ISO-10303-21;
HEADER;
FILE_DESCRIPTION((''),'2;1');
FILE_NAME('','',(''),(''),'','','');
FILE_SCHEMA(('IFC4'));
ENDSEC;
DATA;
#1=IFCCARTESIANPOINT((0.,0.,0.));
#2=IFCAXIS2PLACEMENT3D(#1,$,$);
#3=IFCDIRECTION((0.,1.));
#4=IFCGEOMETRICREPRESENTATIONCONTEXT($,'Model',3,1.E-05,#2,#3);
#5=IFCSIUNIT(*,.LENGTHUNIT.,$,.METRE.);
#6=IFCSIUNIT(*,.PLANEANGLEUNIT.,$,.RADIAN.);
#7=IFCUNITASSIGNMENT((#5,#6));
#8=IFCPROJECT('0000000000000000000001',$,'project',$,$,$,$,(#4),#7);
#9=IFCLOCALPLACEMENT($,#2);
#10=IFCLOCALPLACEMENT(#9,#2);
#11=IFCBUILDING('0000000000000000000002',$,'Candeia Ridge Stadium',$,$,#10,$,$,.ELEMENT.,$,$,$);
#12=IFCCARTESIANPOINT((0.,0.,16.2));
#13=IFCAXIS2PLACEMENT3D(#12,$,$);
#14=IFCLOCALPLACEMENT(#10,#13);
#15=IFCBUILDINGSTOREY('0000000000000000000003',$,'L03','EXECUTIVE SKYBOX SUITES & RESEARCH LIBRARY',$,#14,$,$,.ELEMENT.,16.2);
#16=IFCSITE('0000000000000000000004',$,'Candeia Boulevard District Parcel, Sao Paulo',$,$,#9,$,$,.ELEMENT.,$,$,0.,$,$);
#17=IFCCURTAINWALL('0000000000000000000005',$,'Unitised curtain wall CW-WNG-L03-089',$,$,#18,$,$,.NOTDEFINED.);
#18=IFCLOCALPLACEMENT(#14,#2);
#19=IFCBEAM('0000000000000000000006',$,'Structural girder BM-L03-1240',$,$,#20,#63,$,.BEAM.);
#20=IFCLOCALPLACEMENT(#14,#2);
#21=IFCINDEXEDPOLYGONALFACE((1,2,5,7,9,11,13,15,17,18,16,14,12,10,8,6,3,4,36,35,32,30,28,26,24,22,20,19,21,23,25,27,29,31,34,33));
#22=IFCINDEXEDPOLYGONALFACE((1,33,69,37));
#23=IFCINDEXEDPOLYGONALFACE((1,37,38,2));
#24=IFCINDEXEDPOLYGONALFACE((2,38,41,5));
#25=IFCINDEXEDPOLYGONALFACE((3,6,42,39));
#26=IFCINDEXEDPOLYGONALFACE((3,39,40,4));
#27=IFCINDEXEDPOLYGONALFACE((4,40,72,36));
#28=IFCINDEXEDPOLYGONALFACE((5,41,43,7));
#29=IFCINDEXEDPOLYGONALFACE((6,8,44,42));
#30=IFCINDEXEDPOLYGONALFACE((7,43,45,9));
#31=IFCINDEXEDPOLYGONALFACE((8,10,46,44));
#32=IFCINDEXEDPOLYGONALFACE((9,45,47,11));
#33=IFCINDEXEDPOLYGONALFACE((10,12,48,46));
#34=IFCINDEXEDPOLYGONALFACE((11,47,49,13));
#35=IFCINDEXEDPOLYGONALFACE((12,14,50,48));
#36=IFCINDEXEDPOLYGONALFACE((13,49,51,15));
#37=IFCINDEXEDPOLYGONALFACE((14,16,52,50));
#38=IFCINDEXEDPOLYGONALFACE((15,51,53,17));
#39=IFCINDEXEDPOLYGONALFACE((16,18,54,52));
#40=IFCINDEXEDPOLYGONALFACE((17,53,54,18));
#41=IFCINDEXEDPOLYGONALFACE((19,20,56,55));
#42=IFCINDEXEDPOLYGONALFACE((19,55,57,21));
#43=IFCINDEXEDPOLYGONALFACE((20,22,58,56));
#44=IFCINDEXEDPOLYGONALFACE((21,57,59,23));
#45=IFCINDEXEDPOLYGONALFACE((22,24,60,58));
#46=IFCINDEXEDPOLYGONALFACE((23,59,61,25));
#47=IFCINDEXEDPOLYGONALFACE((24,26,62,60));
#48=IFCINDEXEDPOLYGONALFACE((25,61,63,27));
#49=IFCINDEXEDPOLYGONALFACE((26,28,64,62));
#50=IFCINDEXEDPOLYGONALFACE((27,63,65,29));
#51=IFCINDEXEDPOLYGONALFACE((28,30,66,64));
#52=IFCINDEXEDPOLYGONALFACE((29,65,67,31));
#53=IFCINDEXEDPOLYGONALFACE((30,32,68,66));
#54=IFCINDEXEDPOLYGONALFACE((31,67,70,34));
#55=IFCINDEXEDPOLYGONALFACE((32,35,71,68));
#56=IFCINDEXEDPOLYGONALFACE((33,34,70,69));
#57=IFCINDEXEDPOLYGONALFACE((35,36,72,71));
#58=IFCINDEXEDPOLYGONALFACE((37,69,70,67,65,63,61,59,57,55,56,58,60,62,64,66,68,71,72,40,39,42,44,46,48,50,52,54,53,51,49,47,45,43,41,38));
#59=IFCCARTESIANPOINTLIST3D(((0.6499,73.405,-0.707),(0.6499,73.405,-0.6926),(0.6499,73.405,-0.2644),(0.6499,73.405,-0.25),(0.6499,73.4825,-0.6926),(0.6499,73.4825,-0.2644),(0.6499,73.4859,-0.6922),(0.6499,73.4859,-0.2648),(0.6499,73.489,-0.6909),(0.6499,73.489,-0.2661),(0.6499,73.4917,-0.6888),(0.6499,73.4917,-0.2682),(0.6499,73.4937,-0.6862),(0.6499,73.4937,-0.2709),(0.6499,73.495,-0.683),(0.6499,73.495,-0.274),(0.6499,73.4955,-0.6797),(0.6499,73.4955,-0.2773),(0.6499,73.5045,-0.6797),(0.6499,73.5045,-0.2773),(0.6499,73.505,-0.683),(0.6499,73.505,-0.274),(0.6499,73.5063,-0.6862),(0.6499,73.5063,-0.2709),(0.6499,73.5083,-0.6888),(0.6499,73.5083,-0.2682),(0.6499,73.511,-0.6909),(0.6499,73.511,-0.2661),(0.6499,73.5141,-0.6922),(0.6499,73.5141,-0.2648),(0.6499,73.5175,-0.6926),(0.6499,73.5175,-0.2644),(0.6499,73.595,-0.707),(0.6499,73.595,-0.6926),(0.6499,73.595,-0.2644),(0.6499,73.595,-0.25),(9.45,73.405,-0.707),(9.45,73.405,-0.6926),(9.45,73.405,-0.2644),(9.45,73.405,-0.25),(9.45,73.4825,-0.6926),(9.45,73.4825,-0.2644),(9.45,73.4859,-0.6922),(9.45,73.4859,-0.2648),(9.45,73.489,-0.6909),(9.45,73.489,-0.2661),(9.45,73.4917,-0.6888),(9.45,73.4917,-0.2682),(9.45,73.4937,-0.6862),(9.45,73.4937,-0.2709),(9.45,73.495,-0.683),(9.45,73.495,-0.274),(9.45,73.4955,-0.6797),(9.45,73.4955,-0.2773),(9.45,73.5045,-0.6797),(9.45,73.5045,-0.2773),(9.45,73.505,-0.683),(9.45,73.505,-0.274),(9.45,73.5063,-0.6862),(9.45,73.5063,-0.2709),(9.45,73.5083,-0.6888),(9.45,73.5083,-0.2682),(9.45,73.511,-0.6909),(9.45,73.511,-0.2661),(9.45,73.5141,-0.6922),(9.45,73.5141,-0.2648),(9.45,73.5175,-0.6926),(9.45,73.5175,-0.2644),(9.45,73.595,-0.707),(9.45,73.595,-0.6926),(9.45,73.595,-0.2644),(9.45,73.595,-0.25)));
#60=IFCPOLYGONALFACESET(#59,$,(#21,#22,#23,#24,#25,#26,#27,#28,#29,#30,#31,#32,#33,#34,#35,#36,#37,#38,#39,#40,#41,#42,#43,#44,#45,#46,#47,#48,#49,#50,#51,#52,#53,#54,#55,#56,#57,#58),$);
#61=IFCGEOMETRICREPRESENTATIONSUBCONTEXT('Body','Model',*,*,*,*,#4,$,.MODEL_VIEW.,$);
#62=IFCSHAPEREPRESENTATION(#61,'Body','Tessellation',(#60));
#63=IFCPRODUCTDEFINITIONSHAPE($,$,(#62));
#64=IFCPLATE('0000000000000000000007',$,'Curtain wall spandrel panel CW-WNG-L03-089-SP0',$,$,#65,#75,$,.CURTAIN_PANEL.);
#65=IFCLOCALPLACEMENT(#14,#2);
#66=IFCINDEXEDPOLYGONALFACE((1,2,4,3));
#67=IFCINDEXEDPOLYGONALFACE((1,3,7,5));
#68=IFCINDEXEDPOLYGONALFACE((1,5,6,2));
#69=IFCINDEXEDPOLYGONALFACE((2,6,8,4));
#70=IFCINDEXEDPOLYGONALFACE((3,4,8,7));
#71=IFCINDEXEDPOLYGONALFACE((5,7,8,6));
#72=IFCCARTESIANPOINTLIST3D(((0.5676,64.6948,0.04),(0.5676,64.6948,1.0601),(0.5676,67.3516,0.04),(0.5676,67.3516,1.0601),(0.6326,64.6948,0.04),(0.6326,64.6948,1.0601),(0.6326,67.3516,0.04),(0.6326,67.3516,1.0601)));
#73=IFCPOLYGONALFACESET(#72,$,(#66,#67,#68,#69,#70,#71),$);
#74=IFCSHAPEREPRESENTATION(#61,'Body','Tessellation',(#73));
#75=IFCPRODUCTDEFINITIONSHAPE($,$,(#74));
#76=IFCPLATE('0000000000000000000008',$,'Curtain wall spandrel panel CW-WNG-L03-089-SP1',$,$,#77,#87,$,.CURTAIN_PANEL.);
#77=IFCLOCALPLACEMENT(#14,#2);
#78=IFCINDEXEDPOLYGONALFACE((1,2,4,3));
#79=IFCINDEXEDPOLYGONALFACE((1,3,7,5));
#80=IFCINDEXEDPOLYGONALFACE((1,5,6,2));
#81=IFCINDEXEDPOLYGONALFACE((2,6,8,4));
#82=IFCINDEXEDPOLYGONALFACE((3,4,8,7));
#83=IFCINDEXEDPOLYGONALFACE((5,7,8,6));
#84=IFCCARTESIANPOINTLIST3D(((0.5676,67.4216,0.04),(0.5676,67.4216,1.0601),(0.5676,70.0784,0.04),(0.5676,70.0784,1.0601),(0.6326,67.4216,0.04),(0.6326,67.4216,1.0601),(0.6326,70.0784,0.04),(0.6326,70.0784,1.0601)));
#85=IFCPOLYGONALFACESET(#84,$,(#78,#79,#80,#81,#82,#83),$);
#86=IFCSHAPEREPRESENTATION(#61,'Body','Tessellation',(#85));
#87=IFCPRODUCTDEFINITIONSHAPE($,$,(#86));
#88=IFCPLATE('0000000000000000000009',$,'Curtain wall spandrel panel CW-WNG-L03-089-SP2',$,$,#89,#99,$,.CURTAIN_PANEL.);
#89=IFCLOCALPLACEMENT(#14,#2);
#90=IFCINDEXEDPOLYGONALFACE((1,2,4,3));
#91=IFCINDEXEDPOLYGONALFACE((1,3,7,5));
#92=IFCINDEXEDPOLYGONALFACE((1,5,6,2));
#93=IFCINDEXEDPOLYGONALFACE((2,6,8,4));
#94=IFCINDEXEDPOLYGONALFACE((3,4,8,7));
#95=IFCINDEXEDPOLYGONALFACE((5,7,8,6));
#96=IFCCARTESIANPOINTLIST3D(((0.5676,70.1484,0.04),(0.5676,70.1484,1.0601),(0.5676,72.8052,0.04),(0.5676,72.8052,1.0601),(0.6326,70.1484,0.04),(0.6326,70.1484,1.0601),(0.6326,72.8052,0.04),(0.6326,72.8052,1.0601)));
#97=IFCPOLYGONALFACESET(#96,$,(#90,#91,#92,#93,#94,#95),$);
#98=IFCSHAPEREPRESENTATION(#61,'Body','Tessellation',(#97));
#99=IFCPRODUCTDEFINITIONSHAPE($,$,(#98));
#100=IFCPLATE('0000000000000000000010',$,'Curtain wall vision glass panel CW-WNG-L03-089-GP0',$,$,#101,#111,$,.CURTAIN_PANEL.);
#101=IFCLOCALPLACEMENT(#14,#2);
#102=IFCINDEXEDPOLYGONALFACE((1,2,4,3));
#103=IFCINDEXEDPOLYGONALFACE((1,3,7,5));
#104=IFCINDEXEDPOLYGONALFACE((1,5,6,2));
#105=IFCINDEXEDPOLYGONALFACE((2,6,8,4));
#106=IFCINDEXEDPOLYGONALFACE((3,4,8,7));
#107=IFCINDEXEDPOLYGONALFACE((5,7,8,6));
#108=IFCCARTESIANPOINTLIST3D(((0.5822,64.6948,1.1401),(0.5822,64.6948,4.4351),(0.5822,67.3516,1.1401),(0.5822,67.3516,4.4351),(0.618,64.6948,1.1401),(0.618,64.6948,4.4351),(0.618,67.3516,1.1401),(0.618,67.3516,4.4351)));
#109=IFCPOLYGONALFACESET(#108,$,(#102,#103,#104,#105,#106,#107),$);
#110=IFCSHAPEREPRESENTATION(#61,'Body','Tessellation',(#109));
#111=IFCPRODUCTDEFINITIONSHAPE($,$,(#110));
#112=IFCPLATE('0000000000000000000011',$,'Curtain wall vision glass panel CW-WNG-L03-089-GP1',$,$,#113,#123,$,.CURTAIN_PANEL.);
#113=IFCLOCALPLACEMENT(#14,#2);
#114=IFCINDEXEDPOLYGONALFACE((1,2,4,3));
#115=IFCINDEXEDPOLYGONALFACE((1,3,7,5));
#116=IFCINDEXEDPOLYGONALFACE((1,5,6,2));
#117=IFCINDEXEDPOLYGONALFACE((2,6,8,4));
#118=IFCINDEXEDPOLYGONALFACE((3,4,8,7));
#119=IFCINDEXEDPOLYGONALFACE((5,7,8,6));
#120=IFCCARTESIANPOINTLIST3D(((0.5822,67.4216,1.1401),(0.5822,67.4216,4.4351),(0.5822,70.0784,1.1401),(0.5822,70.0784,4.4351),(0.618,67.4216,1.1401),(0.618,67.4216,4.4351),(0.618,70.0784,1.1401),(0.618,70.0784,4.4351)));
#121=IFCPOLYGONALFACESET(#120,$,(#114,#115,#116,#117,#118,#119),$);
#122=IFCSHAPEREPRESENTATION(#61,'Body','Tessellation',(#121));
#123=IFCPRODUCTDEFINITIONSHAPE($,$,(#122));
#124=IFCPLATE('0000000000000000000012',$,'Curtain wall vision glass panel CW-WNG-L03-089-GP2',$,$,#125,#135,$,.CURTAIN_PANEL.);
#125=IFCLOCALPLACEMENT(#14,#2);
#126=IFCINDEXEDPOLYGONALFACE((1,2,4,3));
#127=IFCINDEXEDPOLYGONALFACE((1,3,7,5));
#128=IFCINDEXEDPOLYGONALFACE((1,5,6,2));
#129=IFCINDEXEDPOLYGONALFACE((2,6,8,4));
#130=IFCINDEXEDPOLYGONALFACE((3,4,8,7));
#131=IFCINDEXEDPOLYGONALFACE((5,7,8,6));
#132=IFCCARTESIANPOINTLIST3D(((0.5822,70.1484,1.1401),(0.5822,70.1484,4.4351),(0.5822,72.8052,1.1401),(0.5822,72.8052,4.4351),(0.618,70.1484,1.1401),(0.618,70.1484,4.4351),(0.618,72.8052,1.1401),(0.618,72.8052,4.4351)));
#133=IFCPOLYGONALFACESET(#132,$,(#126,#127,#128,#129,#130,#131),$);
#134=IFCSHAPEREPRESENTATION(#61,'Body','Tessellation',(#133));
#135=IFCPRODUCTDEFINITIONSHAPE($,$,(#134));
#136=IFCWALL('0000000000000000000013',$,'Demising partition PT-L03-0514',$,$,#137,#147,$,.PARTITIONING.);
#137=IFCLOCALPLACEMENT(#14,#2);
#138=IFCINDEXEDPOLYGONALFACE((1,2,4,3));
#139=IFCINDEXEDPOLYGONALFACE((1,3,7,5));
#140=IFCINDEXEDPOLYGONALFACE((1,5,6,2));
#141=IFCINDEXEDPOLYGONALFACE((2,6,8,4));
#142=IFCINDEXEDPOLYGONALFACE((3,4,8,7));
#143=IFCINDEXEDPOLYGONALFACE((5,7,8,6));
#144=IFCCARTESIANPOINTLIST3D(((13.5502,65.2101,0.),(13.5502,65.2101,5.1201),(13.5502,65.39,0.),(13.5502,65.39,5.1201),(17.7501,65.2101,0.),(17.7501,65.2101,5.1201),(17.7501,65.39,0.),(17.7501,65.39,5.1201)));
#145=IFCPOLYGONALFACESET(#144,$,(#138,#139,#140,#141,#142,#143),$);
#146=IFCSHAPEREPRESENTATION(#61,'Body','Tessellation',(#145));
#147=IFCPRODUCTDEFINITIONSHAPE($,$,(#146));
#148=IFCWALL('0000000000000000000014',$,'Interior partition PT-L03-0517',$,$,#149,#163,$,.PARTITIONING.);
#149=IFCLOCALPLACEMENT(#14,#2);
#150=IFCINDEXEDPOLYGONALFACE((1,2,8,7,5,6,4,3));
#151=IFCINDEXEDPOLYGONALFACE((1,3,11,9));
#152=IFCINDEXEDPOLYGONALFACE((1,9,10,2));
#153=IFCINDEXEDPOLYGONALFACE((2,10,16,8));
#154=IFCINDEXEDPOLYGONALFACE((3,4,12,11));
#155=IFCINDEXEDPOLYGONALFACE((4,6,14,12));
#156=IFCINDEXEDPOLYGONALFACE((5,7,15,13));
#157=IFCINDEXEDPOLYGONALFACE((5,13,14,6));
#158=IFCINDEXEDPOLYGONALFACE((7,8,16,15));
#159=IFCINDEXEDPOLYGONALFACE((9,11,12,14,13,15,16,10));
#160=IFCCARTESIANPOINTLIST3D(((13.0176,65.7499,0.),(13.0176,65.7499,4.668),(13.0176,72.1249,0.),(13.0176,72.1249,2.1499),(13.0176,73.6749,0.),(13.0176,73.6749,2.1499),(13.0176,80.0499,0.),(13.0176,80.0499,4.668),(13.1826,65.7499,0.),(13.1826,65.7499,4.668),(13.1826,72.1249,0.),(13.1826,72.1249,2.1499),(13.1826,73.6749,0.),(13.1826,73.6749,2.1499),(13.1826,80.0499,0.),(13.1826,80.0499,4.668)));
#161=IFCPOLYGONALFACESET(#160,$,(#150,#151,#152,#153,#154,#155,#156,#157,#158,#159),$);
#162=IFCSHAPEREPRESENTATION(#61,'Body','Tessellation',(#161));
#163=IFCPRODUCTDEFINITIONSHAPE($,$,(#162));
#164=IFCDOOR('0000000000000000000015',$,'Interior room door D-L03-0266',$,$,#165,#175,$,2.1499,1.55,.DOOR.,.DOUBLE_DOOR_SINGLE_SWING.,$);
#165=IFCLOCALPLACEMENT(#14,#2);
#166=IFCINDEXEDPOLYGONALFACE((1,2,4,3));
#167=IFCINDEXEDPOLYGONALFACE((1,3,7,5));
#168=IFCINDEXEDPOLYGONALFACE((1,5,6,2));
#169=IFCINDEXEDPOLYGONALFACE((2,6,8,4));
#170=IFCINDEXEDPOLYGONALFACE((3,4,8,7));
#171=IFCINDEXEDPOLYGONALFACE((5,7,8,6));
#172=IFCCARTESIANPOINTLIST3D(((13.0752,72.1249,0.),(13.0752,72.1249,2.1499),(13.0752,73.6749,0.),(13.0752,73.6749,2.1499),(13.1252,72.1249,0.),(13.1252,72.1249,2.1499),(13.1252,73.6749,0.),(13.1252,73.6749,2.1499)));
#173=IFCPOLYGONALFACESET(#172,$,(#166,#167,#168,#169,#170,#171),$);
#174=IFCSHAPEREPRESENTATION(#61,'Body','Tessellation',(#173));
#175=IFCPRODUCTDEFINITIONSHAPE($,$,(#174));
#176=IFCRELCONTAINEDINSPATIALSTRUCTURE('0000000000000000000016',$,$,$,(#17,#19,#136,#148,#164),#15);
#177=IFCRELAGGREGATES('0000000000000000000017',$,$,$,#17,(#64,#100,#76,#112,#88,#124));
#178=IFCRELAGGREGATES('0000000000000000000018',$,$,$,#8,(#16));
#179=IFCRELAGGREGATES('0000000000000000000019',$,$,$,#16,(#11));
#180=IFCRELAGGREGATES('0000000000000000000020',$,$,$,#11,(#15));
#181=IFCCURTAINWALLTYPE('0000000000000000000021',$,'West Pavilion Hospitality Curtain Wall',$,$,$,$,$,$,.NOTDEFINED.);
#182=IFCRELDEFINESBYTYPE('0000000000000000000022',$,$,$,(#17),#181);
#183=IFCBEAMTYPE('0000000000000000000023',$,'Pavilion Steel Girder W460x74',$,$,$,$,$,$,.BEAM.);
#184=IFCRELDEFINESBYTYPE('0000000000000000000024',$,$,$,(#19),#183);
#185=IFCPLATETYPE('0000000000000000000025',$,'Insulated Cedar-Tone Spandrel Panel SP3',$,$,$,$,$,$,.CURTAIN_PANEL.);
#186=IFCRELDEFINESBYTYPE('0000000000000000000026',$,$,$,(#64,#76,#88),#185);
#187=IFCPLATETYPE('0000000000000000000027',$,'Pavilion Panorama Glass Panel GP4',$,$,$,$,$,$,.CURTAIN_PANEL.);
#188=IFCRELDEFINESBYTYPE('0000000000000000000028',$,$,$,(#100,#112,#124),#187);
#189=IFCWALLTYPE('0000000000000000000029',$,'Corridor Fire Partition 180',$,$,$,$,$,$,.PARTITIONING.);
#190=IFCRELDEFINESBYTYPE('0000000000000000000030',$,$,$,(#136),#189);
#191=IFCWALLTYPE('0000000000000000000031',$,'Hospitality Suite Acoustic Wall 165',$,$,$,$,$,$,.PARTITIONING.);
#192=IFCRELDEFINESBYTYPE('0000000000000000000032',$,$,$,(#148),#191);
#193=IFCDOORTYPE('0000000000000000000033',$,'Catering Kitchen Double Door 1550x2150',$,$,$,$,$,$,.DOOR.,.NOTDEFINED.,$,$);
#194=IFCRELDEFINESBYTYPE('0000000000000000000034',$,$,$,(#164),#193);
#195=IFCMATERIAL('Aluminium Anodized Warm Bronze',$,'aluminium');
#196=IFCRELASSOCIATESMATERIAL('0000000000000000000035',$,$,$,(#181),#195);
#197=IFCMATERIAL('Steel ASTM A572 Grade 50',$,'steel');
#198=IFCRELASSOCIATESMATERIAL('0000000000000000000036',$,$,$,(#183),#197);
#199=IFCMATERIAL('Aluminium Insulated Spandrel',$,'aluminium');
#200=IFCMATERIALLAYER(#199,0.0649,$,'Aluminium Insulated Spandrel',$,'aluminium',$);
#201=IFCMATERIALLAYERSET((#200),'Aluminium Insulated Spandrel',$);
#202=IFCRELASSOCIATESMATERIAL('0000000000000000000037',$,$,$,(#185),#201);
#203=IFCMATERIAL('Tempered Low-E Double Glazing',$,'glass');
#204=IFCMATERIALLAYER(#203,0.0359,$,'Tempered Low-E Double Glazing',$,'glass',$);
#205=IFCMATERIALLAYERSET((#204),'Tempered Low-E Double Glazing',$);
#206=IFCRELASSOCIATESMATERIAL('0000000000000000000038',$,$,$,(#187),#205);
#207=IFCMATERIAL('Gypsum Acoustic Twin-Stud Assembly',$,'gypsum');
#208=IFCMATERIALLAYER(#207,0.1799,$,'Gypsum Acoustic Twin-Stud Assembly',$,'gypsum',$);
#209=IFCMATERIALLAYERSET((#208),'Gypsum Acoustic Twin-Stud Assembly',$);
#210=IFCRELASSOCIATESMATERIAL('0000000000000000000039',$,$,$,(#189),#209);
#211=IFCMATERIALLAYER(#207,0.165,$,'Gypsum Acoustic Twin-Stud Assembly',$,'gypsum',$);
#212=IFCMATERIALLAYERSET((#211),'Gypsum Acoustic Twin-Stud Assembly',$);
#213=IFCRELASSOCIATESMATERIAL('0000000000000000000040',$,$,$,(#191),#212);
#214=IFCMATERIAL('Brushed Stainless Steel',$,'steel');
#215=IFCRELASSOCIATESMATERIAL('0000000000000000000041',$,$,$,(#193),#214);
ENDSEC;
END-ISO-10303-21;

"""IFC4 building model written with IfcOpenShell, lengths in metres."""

from ifc_helpers import new_model, si_unit, direction, frame, frame_2d, origin, origin_2d, place, context, subcontext, project, spatial, rectangle, i_section, extrude, material, layer, layer_set, material_profile, profile_set, type_object, element, fill, aggregate, save


model = new_model("IFC4")

# Units and contexts
model_context = context("Model", 3, precision=1e-05, world=origin(), true_north=direction((0.0, 1.0)))
body_context = subcontext(model_context, "Body", "Model", "MODEL_VIEW")
ifc_project = project(units=[si_unit("LENGTHUNIT", "METRE"), si_unit("PLANEANGLEUNIT", "RADIAN")], contexts=[model_context])

# Site, building, storey
site_placement = place(None, origin())
site = spatial("IfcSite", under=ifc_project, at=site_placement, Name="Candeia Boulevard District Parcel, Sao Paulo", CompositionType="ELEMENT", RefElevation=0.0)
building_placement = place(site_placement, origin())
building = spatial("IfcBuilding", under=site, at=building_placement, Name="Candeia Ridge Stadium", CompositionType="ELEMENT")
storey_placement = place(building_placement, frame((0.0, 0.0, 16.2)))
storey = spatial("IfcBuildingStorey", under=building, at=storey_placement, Name="L03", Description="EXECUTIVE SKYBOX SUITES & RESEARCH LIBRARY", CompositionType="ELEMENT", Elevation=16.2)

# Curtain wall
ifc_material_1 = material(Name="Aluminium Anodized Warm Bronze", Category="aluminium")
curtain_wall_type = type_object("IfcCurtainWallType", Name="West Pavilion Hospitality Curtain Wall", PredefinedType="NOTDEFINED", material=ifc_material_1)
curtain_wall_placement = place(storey_placement, origin())
curtain_wall = element("IfcCurtainWall", 1, at=curtain_wall_placement, inside=storey, type_object=curtain_wall_type, Name="Unitised curtain wall CW-WNG-L03-089", PredefinedType="NOTDEFINED")

# Beam
ifc_material_2 = material(Name="Steel ASTM A572 Grade 50", Category="steel")
ifc_material_profile_1 = material_profile(ifc_material_2, i_section(OverallWidth=0.1899, OverallDepth=0.457, WebThickness=0.009, FlangeThickness=0.0144, FilletRadius=0.0129, at=origin_2d()), Name="W460x74", Category="steel")
ifc_profile_set_1 = profile_set([ifc_material_profile_1], Name="Steel ASTM A572 Grade 50")
beam_type_1 = type_object("IfcBeamType", Name="Pavilion Steel Girder W460x74", PredefinedType="BEAM", material=ifc_profile_set_1)
beam_placement = place(storey_placement, frame((0.6499, 73.5, -0.4785), z_axis=(1.0, 0.0, 0.0), x_axis=(0.0, 1.0, 0.0)))
element("IfcBeam", 2, at=beam_placement, inside=storey, type_object=beam_type_1, Name="Structural girder BM-L03-1240", PredefinedType="BEAM", context=body_context, shape_type="SweptSolid", body=[
    extrude(i_section(OverallWidth=0.1899, OverallDepth=0.457, WebThickness=0.009, FlangeThickness=0.0144, FilletRadius=0.0129, at=origin_2d()), origin(), (0.0, 0.0, 1.0), 8.8),
])

# Plates
ifc_material_3 = material(Name="Aluminium Insulated Spandrel", Category="aluminium")
ifc_layer_1 = layer(ifc_material_3, 0.0649, Name="Aluminium Insulated Spandrel", Category="aluminium")
ifc_layer_set_1 = layer_set([ifc_layer_1], Name="Aluminium Insulated Spandrel")
plate_type_1 = type_object("IfcPlateType", Name="Insulated Cedar-Tone Spandrel Panel SP3", PredefinedType="CURTAIN_PANEL", material=ifc_layer_set_1)
plate_1_placement = place(storey_placement, frame((0.6001, 66.0232, 0.04), z_axis=(0.0, 0.0, 1.0), x_axis=(0.0, 1.0, 0.0)))
plate_1 = element("IfcPlate", 3, at=plate_1_placement, type_object=plate_type_1, Name="Curtain wall spandrel panel CW-WNG-L03-089-SP0", PredefinedType="CURTAIN_PANEL", context=body_context, shape_type="SweptSolid", body=[
    extrude(rectangle(XDim=2.6567, YDim=0.0649, at=origin_2d()), origin(), (0.0, 0.0, 1.0), 1.02),
])
plate_2_placement = place(storey_placement, frame((0.6001, 68.75, 0.04), z_axis=(0.0, 0.0, 1.0), x_axis=(0.0, 1.0, 0.0)))
plate_2 = element("IfcPlate", 4, at=plate_2_placement, type_object=plate_type_1, Name="Curtain wall spandrel panel CW-WNG-L03-089-SP1", PredefinedType="CURTAIN_PANEL", context=body_context, shape_type="SweptSolid", body=[
    extrude(rectangle(XDim=2.6567, YDim=0.0649, at=origin_2d()), origin(), (0.0, 0.0, 1.0), 1.02),
])
plate_3_placement = place(storey_placement, frame((0.6001, 71.4768, 0.04), z_axis=(0.0, 0.0, 1.0), x_axis=(0.0, 1.0, 0.0)))
plate_3 = element("IfcPlate", 5, at=plate_3_placement, type_object=plate_type_1, Name="Curtain wall spandrel panel CW-WNG-L03-089-SP2", PredefinedType="CURTAIN_PANEL", context=body_context, shape_type="SweptSolid", body=[
    extrude(rectangle(XDim=2.6567, YDim=0.0649, at=origin_2d()), origin(), (0.0, 0.0, 1.0), 1.02),
])
ifc_material_4 = material(Name="Tempered Low-E Double Glazing", Category="glass")
ifc_layer_2 = layer(ifc_material_4, 0.0359, Name="Tempered Low-E Double Glazing", Category="glass")
ifc_layer_set_2 = layer_set([ifc_layer_2], Name="Tempered Low-E Double Glazing")
plate_type_2 = type_object("IfcPlateType", Name="Pavilion Panorama Glass Panel GP4", PredefinedType="CURTAIN_PANEL", material=ifc_layer_set_2)
plate_4_placement = place(storey_placement, frame((0.6001, 66.0232, 1.1401), z_axis=(0.0, 0.0, 1.0), x_axis=(0.0, 1.0, 0.0)))
plate_4 = element("IfcPlate", 6, at=plate_4_placement, type_object=plate_type_2, Name="Curtain wall vision glass panel CW-WNG-L03-089-GP0", PredefinedType="CURTAIN_PANEL", context=body_context, shape_type="SweptSolid", body=[
    extrude(rectangle(XDim=2.6567, YDim=0.0359, at=origin_2d()), origin(), (0.0, 0.0, 1.0), 3.2949),
])
plate_5_placement = place(storey_placement, frame((0.6001, 68.75, 1.1401), z_axis=(0.0, 0.0, 1.0), x_axis=(0.0, 1.0, 0.0)))
plate_5 = element("IfcPlate", 7, at=plate_5_placement, type_object=plate_type_2, Name="Curtain wall vision glass panel CW-WNG-L03-089-GP1", PredefinedType="CURTAIN_PANEL", context=body_context, shape_type="SweptSolid", body=[
    extrude(rectangle(XDim=2.6567, YDim=0.0359, at=origin_2d()), origin(), (0.0, 0.0, 1.0), 3.2949),
])
plate_6_placement = place(storey_placement, frame((0.6001, 71.4768, 1.1401), z_axis=(0.0, 0.0, 1.0), x_axis=(0.0, 1.0, 0.0)))
plate_6 = element("IfcPlate", 8, at=plate_6_placement, type_object=plate_type_2, Name="Curtain wall vision glass panel CW-WNG-L03-089-GP2", PredefinedType="CURTAIN_PANEL", context=body_context, shape_type="SweptSolid", body=[
    extrude(rectangle(XDim=2.6567, YDim=0.0359, at=origin_2d()), origin(), (0.0, 0.0, 1.0), 3.2949),
])
aggregate(curtain_wall, [plate_1, plate_4, plate_2, plate_5, plate_3, plate_6])

# Wall
ifc_material_5 = material(Name="Gypsum Acoustic Twin-Stud Assembly", Category="gypsum")
ifc_layer_3 = layer(ifc_material_5, 0.1799, Name="Gypsum Acoustic Twin-Stud Assembly", Category="gypsum")
ifc_layer_set_3 = layer_set([ifc_layer_3], Name="Gypsum Acoustic Twin-Stud Assembly")
wall_type_1 = type_object("IfcWallType", Name="Corridor Fire Partition 180", PredefinedType="PARTITIONING", material=ifc_layer_set_3)
wall_1_placement = place(storey_placement, frame((13.55, 65.3, 0.0), z_axis=(0.0, 0.0, 1.0), x_axis=(1.0, 0.0, 0.0)))
element("IfcWall", 9, at=wall_1_placement, inside=storey, type_object=wall_type_1, Name="Demising partition PT-L03-0514", PredefinedType="PARTITIONING", context=body_context, shape_type="SweptSolid", body=[
    extrude(rectangle(XDim=4.2, YDim=0.1799, at=frame_2d((2.1001, 0.0))), origin(), (0.0, 0.0, 1.0), 5.1201),
])

# Wall, opening, door
ifc_layer_4 = layer(ifc_material_5, 0.165, Name="Gypsum Acoustic Twin-Stud Assembly", Category="gypsum")
ifc_layer_set_4 = layer_set([ifc_layer_4], Name="Gypsum Acoustic Twin-Stud Assembly")
wall_type_2 = type_object("IfcWallType", Name="Hospitality Suite Acoustic Wall 165", PredefinedType="PARTITIONING", material=ifc_layer_set_4)
wall_2_placement = place(storey_placement, frame((13.1001, 65.75, 0.0), z_axis=(0.0, 0.0, 1.0), x_axis=(0.0, 1.0, 0.0)))
wall_2 = element("IfcWall", 10, at=wall_2_placement, inside=storey, type_object=wall_type_2, Name="Interior partition PT-L03-0517", PredefinedType="PARTITIONING", context=body_context, shape_type="SweptSolid", body=[
    extrude(rectangle(XDim=14.3, YDim=0.165, at=frame_2d((7.1499, 0.0))), origin(), (0.0, 0.0, 1.0), 4.668),
])
opening_placement = place(wall_2_placement, frame((6.375, 0.0, 0.0)))
opening = element("IfcOpeningElement", 11, at=opening_placement, cuts=wall_2, PredefinedType="OPENING", context=body_context, shape_type="SweptSolid", body=[
    extrude(rectangle(XDim=1.55, YDim=2.1499, at=frame_2d((0.7749, 1.075))), frame((0.0, 0.0925, 0.0), z_axis=(0.0, -1.0, 0.0), x_axis=(1.0, 0.0, 0.0)), (0.0, 0.0, 1.0), 0.1851),
])
ifc_material_6 = material(Name="Brushed Stainless Steel", Category="steel")
door_type = type_object("IfcDoorType", Name="Catering Kitchen Double Door 1550x2150", OperationType="NOTDEFINED", PredefinedType="DOOR", material=ifc_material_6)
door_placement = place(opening_placement, origin())
door = element("IfcDoor", 12, at=door_placement, inside=storey, type_object=door_type, Name="Interior room door D-L03-0266", OperationType="DOUBLE_DOOR_SINGLE_SWING", OverallHeight=2.1499, OverallWidth=1.55, PredefinedType="DOOR", context=body_context, shape_type="SweptSolid", body=[
    extrude(rectangle(XDim=1.55, YDim=2.1499, at=frame_2d((0.7749, 1.075))), frame((0.0, 0.0249, 0.0), z_axis=(0.0, -1.0, 0.0), x_axis=(1.0, 0.0, 0.0)), (0.0, 0.0, 1.0), 0.05),
])
fill(opening, door)

save(model, "model.ifc")
